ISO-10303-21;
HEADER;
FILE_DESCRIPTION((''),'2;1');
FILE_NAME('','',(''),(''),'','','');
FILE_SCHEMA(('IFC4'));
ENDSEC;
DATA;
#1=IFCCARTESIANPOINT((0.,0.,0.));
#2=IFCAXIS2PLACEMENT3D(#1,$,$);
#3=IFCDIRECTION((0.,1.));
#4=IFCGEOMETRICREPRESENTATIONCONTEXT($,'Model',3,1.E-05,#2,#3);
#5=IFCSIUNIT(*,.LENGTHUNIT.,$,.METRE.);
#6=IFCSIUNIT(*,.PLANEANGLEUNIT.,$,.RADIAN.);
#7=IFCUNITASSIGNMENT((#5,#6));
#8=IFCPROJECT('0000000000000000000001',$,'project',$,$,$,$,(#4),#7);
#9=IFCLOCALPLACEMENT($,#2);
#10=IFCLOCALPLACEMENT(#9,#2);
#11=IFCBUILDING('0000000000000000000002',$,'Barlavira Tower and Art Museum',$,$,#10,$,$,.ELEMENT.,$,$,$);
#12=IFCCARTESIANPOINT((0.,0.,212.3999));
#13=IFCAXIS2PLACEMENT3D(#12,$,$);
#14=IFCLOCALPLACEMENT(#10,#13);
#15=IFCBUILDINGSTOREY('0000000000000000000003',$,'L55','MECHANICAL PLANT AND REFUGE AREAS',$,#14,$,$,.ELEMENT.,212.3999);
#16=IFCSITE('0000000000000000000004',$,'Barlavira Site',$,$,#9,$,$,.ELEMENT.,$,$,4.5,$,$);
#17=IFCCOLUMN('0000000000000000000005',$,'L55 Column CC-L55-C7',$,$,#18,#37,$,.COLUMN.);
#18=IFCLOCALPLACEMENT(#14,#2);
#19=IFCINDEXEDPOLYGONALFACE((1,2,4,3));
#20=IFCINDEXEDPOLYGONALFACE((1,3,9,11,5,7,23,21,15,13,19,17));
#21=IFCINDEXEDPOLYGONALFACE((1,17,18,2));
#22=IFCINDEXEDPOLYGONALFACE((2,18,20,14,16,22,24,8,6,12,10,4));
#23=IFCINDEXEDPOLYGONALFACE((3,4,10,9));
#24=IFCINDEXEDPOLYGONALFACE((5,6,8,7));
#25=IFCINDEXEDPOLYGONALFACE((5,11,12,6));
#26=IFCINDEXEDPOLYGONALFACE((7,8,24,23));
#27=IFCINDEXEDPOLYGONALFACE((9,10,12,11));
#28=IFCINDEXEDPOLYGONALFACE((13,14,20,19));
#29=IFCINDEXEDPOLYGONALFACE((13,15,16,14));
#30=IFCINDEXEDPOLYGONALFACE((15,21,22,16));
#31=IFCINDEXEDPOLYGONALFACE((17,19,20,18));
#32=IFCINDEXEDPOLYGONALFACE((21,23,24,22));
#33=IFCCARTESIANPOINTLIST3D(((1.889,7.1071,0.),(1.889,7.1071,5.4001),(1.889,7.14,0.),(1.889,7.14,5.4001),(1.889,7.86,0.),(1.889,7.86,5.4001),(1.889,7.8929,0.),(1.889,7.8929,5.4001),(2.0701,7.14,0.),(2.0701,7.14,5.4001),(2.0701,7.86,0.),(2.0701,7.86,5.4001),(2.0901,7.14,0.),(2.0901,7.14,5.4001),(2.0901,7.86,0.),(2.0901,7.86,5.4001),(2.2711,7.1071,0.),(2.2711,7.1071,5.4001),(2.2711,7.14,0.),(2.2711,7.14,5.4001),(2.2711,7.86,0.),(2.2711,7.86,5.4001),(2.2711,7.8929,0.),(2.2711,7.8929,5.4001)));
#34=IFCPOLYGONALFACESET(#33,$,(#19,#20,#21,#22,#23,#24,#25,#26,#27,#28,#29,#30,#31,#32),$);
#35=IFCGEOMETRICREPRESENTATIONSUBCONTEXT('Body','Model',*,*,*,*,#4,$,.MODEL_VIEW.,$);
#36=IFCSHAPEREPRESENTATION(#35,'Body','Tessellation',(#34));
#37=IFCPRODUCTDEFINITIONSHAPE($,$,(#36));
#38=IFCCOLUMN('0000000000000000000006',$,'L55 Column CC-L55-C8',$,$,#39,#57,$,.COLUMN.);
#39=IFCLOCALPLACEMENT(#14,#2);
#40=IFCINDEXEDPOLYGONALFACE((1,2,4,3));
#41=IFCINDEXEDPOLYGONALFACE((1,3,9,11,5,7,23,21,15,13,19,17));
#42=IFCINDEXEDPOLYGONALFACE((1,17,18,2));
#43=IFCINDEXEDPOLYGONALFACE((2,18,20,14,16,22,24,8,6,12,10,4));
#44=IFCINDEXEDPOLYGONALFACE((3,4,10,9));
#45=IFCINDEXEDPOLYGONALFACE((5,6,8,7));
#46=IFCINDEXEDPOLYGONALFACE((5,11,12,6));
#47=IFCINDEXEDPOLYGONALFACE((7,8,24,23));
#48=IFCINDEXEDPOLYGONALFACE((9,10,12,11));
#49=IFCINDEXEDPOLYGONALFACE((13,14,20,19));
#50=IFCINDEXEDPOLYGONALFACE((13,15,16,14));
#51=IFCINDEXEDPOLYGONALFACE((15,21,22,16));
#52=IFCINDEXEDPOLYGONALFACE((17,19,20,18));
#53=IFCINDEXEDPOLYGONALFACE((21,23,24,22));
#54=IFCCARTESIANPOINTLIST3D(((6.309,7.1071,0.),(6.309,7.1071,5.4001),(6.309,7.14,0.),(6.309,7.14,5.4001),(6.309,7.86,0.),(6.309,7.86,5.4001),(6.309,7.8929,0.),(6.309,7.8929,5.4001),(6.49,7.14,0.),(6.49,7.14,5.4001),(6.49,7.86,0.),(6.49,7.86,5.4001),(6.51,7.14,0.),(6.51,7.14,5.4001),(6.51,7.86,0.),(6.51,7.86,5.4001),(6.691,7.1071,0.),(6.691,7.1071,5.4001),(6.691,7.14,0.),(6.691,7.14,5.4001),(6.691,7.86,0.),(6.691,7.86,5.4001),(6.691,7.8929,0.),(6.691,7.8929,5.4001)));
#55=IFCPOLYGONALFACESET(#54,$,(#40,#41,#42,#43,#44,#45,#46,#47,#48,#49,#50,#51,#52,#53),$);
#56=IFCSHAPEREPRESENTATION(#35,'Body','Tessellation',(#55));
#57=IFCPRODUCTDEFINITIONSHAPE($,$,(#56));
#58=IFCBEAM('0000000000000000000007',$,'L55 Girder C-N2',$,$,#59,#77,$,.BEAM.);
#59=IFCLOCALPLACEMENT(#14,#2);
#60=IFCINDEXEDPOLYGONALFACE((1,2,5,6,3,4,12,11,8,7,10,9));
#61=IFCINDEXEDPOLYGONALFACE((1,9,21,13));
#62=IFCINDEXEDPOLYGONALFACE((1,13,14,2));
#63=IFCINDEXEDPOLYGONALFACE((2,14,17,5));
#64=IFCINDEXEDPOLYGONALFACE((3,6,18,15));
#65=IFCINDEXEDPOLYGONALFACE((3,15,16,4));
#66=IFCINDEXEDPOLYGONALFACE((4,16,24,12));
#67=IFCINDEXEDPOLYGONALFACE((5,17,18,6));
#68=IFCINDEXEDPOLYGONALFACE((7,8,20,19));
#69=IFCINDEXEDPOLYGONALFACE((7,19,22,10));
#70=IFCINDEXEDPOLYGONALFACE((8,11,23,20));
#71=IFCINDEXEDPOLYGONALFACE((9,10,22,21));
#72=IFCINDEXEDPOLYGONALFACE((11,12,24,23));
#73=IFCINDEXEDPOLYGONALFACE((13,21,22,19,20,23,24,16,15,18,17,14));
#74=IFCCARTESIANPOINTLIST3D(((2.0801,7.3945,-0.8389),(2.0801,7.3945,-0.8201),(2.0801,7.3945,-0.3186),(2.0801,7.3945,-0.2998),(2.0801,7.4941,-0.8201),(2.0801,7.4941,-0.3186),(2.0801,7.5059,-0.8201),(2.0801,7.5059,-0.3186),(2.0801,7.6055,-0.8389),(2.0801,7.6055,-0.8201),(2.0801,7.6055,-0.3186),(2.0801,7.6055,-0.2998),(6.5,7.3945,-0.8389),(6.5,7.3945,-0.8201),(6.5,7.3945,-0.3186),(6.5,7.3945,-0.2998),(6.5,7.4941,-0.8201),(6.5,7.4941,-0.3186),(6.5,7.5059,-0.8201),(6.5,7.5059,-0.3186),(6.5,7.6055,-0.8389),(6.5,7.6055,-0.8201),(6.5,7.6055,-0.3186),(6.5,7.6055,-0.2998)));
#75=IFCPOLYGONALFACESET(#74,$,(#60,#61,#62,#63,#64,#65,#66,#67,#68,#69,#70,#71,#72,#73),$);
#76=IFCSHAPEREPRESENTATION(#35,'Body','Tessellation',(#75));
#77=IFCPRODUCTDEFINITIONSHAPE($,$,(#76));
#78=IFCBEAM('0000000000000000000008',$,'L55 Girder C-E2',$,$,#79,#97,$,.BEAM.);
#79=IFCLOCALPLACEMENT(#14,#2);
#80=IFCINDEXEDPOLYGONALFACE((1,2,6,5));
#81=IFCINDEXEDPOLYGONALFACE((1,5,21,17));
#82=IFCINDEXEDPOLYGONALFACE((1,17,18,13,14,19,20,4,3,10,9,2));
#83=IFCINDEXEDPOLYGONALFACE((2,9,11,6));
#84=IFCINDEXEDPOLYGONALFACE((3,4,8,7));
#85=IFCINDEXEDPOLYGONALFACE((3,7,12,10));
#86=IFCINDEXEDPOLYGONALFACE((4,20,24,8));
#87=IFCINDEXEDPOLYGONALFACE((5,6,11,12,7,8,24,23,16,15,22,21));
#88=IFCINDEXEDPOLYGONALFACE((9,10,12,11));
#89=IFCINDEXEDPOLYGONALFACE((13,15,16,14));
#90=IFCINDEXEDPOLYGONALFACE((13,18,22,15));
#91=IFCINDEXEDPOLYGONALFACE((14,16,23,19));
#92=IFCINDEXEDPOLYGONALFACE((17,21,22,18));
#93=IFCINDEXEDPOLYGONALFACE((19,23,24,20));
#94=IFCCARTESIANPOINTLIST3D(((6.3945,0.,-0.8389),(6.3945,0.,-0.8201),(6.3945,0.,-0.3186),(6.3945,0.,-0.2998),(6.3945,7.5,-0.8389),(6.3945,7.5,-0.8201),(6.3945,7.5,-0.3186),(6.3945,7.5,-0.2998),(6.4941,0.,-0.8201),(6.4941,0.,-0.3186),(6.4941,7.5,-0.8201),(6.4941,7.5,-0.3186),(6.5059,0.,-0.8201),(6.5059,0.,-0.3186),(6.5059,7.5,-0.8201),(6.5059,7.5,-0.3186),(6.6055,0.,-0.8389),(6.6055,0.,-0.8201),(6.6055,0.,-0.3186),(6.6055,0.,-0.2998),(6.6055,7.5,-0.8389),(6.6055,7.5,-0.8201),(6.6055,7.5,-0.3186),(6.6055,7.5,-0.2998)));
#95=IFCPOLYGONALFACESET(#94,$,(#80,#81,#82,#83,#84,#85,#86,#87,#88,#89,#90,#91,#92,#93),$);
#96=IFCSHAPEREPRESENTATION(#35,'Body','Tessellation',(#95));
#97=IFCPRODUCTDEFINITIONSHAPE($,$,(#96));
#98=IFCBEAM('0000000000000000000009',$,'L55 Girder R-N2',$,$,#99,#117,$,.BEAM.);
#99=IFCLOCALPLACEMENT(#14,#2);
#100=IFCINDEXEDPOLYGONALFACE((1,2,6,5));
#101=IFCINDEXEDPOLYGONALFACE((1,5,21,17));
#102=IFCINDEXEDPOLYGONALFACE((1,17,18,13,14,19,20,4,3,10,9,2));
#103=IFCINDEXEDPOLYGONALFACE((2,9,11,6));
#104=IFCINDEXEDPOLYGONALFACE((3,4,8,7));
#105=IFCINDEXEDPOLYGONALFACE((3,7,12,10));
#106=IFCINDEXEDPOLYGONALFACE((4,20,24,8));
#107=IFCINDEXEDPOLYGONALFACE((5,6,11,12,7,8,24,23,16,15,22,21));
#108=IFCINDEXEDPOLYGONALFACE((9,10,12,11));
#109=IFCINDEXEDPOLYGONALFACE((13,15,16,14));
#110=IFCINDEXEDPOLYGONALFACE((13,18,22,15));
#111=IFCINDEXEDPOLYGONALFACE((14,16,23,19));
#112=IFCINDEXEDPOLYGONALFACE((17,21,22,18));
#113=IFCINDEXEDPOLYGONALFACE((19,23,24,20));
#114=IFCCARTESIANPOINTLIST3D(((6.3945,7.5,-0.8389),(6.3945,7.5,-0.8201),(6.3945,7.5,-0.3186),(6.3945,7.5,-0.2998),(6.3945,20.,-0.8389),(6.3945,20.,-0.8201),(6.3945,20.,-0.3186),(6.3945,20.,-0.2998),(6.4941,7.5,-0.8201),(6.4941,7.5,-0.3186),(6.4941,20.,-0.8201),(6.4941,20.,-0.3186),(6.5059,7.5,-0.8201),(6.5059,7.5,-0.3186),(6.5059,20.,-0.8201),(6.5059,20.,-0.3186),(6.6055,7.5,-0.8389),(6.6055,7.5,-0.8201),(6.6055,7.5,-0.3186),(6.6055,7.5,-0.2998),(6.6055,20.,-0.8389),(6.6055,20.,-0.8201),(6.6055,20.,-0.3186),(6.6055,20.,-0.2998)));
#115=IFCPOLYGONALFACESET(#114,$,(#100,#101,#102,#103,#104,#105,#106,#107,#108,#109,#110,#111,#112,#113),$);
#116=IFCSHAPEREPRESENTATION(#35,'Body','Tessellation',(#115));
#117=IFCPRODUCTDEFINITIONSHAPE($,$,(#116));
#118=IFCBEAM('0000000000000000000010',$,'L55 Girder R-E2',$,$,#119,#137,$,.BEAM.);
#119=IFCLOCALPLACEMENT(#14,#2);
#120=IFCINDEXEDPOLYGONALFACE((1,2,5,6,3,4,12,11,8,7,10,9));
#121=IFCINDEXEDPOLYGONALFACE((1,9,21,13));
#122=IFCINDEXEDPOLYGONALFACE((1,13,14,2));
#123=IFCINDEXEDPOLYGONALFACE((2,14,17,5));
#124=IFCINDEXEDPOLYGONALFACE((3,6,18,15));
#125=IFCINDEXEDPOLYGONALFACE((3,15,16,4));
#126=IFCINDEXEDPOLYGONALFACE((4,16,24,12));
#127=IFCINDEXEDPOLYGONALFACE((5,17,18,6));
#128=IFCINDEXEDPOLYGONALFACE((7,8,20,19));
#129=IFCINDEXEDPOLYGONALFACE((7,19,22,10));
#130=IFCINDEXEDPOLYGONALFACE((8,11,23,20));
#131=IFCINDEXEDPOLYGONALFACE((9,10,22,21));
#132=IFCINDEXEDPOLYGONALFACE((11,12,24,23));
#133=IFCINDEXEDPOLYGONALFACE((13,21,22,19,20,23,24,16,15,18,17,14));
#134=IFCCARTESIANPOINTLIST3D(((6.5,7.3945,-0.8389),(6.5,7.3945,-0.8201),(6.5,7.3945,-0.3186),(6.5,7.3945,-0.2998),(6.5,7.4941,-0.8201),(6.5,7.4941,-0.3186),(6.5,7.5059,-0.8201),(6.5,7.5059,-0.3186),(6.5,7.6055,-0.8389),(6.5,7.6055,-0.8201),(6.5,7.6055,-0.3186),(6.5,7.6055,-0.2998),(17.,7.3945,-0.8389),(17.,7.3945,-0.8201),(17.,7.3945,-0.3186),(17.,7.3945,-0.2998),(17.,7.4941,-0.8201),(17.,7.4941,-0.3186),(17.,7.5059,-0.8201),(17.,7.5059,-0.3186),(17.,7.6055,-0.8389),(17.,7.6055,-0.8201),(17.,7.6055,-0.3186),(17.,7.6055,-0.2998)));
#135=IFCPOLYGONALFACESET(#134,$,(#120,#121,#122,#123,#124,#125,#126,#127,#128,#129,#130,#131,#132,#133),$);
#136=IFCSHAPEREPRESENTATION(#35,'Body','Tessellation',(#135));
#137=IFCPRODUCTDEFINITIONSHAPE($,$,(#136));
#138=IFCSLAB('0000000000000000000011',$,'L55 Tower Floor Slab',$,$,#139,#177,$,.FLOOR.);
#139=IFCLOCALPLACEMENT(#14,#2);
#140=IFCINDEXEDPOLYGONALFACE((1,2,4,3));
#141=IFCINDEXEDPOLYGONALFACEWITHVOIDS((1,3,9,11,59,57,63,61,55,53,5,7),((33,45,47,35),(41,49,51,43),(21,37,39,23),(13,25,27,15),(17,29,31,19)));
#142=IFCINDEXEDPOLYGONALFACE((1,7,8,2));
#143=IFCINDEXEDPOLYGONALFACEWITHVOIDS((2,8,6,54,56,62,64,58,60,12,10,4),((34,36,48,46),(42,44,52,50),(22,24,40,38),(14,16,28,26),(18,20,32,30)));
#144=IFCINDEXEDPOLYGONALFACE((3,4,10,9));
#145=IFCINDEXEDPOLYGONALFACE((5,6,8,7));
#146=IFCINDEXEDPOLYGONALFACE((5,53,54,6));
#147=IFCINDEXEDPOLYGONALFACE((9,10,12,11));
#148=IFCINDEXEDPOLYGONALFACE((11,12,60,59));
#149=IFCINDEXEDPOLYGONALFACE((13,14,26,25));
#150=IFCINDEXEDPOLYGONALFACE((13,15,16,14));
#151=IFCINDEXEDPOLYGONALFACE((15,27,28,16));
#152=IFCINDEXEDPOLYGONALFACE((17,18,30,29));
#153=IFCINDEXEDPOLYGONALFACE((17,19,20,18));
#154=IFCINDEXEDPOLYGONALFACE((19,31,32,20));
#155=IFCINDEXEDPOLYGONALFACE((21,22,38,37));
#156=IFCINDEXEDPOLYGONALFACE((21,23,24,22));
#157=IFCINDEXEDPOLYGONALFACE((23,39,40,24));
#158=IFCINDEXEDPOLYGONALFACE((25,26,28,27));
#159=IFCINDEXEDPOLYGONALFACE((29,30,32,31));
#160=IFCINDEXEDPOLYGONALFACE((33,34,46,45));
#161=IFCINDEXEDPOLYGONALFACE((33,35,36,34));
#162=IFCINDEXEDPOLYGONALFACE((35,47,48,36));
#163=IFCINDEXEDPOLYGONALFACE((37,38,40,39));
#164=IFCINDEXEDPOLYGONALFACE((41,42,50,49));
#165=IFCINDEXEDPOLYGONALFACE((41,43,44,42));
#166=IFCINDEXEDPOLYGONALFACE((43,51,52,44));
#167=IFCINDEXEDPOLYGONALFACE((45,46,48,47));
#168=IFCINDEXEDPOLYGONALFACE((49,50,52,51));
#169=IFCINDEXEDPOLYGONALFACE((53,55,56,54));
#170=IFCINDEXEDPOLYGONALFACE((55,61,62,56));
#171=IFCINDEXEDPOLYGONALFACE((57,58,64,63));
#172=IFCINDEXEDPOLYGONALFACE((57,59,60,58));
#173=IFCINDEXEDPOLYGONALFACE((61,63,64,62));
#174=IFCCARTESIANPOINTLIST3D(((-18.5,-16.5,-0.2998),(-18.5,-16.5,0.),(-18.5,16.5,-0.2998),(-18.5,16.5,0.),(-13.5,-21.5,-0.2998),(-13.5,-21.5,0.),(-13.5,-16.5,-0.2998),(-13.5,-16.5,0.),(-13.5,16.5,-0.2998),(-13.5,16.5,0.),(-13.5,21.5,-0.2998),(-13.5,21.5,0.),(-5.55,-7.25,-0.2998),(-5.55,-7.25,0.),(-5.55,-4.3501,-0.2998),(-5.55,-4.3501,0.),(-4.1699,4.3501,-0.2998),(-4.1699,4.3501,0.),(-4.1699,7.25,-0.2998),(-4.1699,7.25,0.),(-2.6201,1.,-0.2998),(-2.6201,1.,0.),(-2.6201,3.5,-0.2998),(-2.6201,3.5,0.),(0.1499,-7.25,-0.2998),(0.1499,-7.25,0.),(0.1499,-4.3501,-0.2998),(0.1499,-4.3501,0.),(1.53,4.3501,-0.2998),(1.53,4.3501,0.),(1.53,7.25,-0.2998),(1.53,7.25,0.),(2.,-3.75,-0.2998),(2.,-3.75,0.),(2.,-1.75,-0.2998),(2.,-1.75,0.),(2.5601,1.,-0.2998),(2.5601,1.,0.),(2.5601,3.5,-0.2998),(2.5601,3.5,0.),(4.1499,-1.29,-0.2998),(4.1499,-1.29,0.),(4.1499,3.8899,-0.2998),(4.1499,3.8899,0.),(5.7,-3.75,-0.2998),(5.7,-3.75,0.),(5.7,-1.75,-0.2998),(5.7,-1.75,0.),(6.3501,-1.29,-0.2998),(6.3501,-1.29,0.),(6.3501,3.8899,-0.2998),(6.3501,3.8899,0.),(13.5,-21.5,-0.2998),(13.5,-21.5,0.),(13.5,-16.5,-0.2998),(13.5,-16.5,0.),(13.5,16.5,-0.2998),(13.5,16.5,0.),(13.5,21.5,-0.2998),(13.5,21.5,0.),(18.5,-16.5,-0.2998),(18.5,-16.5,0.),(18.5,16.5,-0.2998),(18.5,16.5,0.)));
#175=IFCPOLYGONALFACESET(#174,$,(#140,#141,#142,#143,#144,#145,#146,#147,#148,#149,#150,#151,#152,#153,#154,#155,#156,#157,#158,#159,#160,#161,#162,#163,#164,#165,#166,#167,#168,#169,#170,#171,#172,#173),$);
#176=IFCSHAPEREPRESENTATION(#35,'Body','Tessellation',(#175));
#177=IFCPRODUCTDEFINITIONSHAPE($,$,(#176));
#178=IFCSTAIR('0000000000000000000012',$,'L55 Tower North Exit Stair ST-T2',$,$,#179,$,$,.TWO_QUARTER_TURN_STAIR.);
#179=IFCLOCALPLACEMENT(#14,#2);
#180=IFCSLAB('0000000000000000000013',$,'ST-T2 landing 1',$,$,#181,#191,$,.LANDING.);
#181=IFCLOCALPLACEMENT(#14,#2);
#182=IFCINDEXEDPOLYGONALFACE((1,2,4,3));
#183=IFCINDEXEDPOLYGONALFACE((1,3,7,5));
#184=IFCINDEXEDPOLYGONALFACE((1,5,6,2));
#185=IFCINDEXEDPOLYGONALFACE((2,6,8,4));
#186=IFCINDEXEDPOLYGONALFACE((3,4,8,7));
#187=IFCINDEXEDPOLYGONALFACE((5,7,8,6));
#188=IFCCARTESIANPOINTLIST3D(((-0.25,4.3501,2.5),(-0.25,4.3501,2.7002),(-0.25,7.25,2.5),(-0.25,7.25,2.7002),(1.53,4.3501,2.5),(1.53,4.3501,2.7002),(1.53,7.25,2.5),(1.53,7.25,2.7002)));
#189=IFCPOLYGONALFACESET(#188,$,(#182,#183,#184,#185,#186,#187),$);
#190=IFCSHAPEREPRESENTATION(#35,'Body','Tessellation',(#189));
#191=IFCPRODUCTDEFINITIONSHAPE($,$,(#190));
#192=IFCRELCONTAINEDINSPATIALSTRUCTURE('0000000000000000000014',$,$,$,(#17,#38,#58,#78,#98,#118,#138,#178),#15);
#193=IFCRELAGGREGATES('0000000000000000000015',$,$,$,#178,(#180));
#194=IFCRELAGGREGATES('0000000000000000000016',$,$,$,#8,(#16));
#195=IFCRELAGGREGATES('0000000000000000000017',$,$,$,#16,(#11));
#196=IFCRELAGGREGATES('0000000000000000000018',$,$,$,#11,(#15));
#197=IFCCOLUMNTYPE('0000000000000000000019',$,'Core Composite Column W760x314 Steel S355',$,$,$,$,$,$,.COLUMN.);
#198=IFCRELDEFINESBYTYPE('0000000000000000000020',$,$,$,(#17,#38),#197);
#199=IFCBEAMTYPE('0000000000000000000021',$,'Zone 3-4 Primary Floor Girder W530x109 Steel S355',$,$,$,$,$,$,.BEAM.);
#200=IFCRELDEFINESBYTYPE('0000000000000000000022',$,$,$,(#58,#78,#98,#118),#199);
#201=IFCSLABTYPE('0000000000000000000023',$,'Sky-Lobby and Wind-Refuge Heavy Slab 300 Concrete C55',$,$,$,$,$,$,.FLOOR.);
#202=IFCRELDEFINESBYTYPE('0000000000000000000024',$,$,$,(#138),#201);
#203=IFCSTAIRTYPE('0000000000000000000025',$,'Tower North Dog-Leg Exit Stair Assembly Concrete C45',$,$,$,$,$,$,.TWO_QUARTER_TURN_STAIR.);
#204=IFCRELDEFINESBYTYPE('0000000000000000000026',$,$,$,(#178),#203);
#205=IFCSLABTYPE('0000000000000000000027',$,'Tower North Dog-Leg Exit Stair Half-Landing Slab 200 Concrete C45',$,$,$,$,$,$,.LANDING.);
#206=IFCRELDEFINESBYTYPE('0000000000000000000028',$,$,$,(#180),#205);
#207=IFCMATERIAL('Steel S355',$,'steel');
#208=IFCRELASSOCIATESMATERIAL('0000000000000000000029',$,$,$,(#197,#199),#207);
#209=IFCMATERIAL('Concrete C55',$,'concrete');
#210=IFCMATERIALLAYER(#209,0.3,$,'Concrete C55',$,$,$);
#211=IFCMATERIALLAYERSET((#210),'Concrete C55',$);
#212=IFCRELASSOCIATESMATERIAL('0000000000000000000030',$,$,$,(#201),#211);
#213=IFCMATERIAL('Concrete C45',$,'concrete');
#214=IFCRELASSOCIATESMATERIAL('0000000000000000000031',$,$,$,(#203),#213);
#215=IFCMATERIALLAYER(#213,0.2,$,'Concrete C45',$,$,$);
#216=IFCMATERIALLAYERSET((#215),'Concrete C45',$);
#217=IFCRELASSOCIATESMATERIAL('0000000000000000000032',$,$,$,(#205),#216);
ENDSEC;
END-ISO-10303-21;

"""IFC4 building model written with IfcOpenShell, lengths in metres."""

from ifc_helpers import new_model, si_unit, direction, frame, origin, origin_2d, place, context, subcontext, project, spatial, polyline, i_section, outline, extrude, material, layer, layer_set, material_profile, profile_set, type_object, element, aggregate, save


model = new_model("IFC4")

# Units and contexts
model_context = context("Model", 3, precision=1e-05, world=origin(), true_north=direction((0.0, 1.0)))
body_context = subcontext(model_context, "Body", "Model", "MODEL_VIEW")
ifc_project = project(units=[si_unit("LENGTHUNIT", "METRE"), si_unit("PLANEANGLEUNIT", "RADIAN")], contexts=[model_context])

# Site, building, storey
site_placement = place(None, origin())
site = spatial("IfcSite", under=ifc_project, at=site_placement, Name="Barlavira Site", CompositionType="ELEMENT", RefElevation=4.5)
building_placement = place(site_placement, origin())
building = spatial("IfcBuilding", under=site, at=building_placement, Name="Barlavira Tower and Art Museum", CompositionType="ELEMENT")
storey_placement = place(building_placement, frame((0.0, 0.0, 212.3999)))
storey = spatial("IfcBuildingStorey", under=building, at=storey_placement, Name="L55", Description="MECHANICAL PLANT AND REFUGE AREAS", CompositionType="ELEMENT", Elevation=212.3999)

# Columns
ifc_material_1 = material(Name="Steel S355", Category="steel")
ifc_material_profile_1 = material_profile(ifc_material_1, i_section(OverallWidth=0.3821, OverallDepth=0.7859, WebThickness=0.02, FlangeThickness=0.033, at=origin_2d()), Name="W760x314.0")
ifc_profile_set_1 = profile_set([ifc_material_profile_1], Name="Steel S355")
column_type = type_object("IfcColumnType", Name="Core Composite Column W760x314 Steel S355", PredefinedType="COLUMN", material=ifc_profile_set_1)
for number, where, z_axis, x_axis, name in (
    (1, (2.0801, 7.5, 0.0), (0.0, 0.0, 1.0), (1.0, 0.0, 0.0), "L55 Column CC-L55-C7"),
    (2, (6.5, 7.5, 0.0), (0.0, 0.0, 1.0), (1.0, 0.0, 0.0), "L55 Column CC-L55-C8"),
):
    element("IfcColumn", number, at=place(storey_placement, frame(where, z_axis=z_axis, x_axis=x_axis)), inside=storey, type_object=column_type, Name=name, PredefinedType="COLUMN", context=body_context, shape_type="SweptSolid", body=[
        extrude(i_section(OverallWidth=0.3821, OverallDepth=0.7859, WebThickness=0.02, FlangeThickness=0.033, at=origin_2d()), origin(), (0.0, 0.0, 1.0), 5.4001),
    ])

# Beams
ifc_material_profile_2 = material_profile(ifc_material_1, i_section(OverallWidth=0.2109, OverallDepth=0.5391, WebThickness=0.0117, FlangeThickness=0.0188, at=origin_2d()), Name="W530x109.0")
ifc_profile_set_2 = profile_set([ifc_material_profile_2], Name="Steel S355")
beam_type = type_object("IfcBeamType", Name="Zone 3-4 Primary Floor Girder W530x109 Steel S355", PredefinedType="BEAM", material=ifc_profile_set_2)
beam_1_placement = place(storey_placement, frame((2.0801, 7.5, -0.5693), z_axis=(1.0, 0.0, 0.0), x_axis=(0.0, 1.0, 0.0)))
element("IfcBeam", 3, at=beam_1_placement, inside=storey, type_object=beam_type, Name="L55 Girder C-N2", PredefinedType="BEAM", context=body_context, shape_type="SweptSolid", body=[
    extrude(i_section(OverallWidth=0.2109, OverallDepth=0.5391, WebThickness=0.0117, FlangeThickness=0.0188, at=origin_2d()), origin(), (0.0, 0.0, 1.0), 4.4199),
])
beam_2_placement = place(storey_placement, frame((6.5, 0.0, -0.5693), z_axis=(0.0, 1.0, 0.0), x_axis=(-1.0, 0.0, 0.0)))
element("IfcBeam", 4, at=beam_2_placement, inside=storey, type_object=beam_type, Name="L55 Girder C-E2", PredefinedType="BEAM", context=body_context, shape_type="SweptSolid", body=[
    extrude(i_section(OverallWidth=0.2109, OverallDepth=0.5391, WebThickness=0.0117, FlangeThickness=0.0188, at=origin_2d()), origin(), (0.0, 0.0, 1.0), 7.5),
])
beam_3_placement = place(storey_placement, frame((6.5, 7.5, -0.5693), z_axis=(0.0, 1.0, 0.0), x_axis=(-1.0, 0.0, 0.0)))
element("IfcBeam", 5, at=beam_3_placement, inside=storey, type_object=beam_type, Name="L55 Girder R-N2", PredefinedType="BEAM", context=body_context, shape_type="SweptSolid", body=[
    extrude(i_section(OverallWidth=0.2109, OverallDepth=0.5391, WebThickness=0.0117, FlangeThickness=0.0188, at=origin_2d()), origin(), (0.0, 0.0, 1.0), 12.5),
])
beam_4_placement = place(storey_placement, frame((6.5, 7.5, -0.5693), z_axis=(1.0, 0.0, 0.0), x_axis=(0.0, 1.0, 0.0)))
element("IfcBeam", 6, at=beam_4_placement, inside=storey, type_object=beam_type, Name="L55 Girder R-E2", PredefinedType="BEAM", context=body_context, shape_type="SweptSolid", body=[
    extrude(i_section(OverallWidth=0.2109, OverallDepth=0.5391, WebThickness=0.0117, FlangeThickness=0.0188, at=origin_2d()), origin(), (0.0, 0.0, 1.0), 10.5),
])

# Slab
ifc_material_2 = material(Name="Concrete C55", Category="concrete")
ifc_layer_1 = layer(ifc_material_2, 0.3, Name="Concrete C55")
ifc_layer_set_1 = layer_set([ifc_layer_1], Name="Concrete C55")
slab_type_1 = type_object("IfcSlabType", Name="Sky-Lobby and Wind-Refuge Heavy Slab 300 Concrete C55", PredefinedType="FLOOR", material=ifc_layer_set_1)
slab_1_placement = place(storey_placement, frame((0.0, 0.0, -0.2998)))
element("IfcSlab", 7, at=slab_1_placement, inside=storey, type_object=slab_type_1, Name="L55 Tower Floor Slab", PredefinedType="FLOOR", context=body_context, shape_type="SweptSolid", body=[
    extrude(outline(polyline([(-13.5, -21.5), (13.5, -21.5), (13.5, -16.5), (18.5, -16.5), (18.5, 16.5), (13.5, 16.5), (13.5, 21.5), (-13.5, 21.5), (-13.5, 16.5), (-18.5, 16.5), (-18.5, -16.5), (-13.5, -16.5), (-13.5, -21.5)]), holes=[polyline([(0.1499, -4.3501), (-5.55, -4.3501), (-5.55, -7.25), (0.1499, -7.25), (0.1499, -4.3501)]), polyline([(-4.1699, 4.3501), (1.53, 4.3501), (1.53, 7.25), (-4.1699, 7.25), (-4.1699, 4.3501)]), polyline([(4.1499, -1.29), (6.3501, -1.29), (6.3501, 3.8899), (4.1499, 3.8899), (4.1499, -1.29)]), polyline([(-2.6201, 1.0), (2.5601, 1.0), (2.5601, 3.5), (-2.6201, 3.5), (-2.6201, 1.0)]), polyline([(2.0, -3.75), (5.7, -3.75), (5.7, -1.75), (2.0, -1.75), (2.0, -3.75)])]), origin(), (0.0, 0.0, 1.0), 0.2998),
])

# Stair, slab
ifc_material_3 = material(Name="Concrete C45", Category="concrete")
stair_type_1 = type_object("IfcStairType", Name="Tower North Dog-Leg Exit Stair Assembly Concrete C45", PredefinedType="TWO_QUARTER_TURN_STAIR", material=ifc_material_3)
stair_1_placement = place(storey_placement, origin())
stair_1 = element("IfcStair", 8, at=stair_1_placement, inside=storey, type_object=stair_type_1, Name="L55 Tower North Exit Stair ST-T2", PredefinedType="TWO_QUARTER_TURN_STAIR")
ifc_layer_2 = layer(ifc_material_3, 0.2, Name="Concrete C45")
ifc_layer_set_2 = layer_set([ifc_layer_2], Name="Concrete C45")
slab_type_2 = type_object("IfcSlabType", Name="Tower North Dog-Leg Exit Stair Half-Landing Slab 200 Concrete C45", PredefinedType="LANDING", material=ifc_layer_set_2)
slab_2_placement = place(storey_placement, frame((0.0, 0.0, 2.5)))
slab_2 = element("IfcSlab", 9, at=slab_2_placement, type_object=slab_type_2, Name="ST-T2 landing 1", PredefinedType="LANDING", context=body_context, shape_type="SweptSolid", body=[
    extrude(outline(polyline([(-0.25, 4.3501), (1.53, 4.3501), (1.53, 7.25), (-0.25, 7.25), (-0.25, 4.3501)])), origin(), (0.0, 0.0, 1.0), 0.2002),
])

aggregate(stair_1, [slab_2])

save(model, "model.ifc")
